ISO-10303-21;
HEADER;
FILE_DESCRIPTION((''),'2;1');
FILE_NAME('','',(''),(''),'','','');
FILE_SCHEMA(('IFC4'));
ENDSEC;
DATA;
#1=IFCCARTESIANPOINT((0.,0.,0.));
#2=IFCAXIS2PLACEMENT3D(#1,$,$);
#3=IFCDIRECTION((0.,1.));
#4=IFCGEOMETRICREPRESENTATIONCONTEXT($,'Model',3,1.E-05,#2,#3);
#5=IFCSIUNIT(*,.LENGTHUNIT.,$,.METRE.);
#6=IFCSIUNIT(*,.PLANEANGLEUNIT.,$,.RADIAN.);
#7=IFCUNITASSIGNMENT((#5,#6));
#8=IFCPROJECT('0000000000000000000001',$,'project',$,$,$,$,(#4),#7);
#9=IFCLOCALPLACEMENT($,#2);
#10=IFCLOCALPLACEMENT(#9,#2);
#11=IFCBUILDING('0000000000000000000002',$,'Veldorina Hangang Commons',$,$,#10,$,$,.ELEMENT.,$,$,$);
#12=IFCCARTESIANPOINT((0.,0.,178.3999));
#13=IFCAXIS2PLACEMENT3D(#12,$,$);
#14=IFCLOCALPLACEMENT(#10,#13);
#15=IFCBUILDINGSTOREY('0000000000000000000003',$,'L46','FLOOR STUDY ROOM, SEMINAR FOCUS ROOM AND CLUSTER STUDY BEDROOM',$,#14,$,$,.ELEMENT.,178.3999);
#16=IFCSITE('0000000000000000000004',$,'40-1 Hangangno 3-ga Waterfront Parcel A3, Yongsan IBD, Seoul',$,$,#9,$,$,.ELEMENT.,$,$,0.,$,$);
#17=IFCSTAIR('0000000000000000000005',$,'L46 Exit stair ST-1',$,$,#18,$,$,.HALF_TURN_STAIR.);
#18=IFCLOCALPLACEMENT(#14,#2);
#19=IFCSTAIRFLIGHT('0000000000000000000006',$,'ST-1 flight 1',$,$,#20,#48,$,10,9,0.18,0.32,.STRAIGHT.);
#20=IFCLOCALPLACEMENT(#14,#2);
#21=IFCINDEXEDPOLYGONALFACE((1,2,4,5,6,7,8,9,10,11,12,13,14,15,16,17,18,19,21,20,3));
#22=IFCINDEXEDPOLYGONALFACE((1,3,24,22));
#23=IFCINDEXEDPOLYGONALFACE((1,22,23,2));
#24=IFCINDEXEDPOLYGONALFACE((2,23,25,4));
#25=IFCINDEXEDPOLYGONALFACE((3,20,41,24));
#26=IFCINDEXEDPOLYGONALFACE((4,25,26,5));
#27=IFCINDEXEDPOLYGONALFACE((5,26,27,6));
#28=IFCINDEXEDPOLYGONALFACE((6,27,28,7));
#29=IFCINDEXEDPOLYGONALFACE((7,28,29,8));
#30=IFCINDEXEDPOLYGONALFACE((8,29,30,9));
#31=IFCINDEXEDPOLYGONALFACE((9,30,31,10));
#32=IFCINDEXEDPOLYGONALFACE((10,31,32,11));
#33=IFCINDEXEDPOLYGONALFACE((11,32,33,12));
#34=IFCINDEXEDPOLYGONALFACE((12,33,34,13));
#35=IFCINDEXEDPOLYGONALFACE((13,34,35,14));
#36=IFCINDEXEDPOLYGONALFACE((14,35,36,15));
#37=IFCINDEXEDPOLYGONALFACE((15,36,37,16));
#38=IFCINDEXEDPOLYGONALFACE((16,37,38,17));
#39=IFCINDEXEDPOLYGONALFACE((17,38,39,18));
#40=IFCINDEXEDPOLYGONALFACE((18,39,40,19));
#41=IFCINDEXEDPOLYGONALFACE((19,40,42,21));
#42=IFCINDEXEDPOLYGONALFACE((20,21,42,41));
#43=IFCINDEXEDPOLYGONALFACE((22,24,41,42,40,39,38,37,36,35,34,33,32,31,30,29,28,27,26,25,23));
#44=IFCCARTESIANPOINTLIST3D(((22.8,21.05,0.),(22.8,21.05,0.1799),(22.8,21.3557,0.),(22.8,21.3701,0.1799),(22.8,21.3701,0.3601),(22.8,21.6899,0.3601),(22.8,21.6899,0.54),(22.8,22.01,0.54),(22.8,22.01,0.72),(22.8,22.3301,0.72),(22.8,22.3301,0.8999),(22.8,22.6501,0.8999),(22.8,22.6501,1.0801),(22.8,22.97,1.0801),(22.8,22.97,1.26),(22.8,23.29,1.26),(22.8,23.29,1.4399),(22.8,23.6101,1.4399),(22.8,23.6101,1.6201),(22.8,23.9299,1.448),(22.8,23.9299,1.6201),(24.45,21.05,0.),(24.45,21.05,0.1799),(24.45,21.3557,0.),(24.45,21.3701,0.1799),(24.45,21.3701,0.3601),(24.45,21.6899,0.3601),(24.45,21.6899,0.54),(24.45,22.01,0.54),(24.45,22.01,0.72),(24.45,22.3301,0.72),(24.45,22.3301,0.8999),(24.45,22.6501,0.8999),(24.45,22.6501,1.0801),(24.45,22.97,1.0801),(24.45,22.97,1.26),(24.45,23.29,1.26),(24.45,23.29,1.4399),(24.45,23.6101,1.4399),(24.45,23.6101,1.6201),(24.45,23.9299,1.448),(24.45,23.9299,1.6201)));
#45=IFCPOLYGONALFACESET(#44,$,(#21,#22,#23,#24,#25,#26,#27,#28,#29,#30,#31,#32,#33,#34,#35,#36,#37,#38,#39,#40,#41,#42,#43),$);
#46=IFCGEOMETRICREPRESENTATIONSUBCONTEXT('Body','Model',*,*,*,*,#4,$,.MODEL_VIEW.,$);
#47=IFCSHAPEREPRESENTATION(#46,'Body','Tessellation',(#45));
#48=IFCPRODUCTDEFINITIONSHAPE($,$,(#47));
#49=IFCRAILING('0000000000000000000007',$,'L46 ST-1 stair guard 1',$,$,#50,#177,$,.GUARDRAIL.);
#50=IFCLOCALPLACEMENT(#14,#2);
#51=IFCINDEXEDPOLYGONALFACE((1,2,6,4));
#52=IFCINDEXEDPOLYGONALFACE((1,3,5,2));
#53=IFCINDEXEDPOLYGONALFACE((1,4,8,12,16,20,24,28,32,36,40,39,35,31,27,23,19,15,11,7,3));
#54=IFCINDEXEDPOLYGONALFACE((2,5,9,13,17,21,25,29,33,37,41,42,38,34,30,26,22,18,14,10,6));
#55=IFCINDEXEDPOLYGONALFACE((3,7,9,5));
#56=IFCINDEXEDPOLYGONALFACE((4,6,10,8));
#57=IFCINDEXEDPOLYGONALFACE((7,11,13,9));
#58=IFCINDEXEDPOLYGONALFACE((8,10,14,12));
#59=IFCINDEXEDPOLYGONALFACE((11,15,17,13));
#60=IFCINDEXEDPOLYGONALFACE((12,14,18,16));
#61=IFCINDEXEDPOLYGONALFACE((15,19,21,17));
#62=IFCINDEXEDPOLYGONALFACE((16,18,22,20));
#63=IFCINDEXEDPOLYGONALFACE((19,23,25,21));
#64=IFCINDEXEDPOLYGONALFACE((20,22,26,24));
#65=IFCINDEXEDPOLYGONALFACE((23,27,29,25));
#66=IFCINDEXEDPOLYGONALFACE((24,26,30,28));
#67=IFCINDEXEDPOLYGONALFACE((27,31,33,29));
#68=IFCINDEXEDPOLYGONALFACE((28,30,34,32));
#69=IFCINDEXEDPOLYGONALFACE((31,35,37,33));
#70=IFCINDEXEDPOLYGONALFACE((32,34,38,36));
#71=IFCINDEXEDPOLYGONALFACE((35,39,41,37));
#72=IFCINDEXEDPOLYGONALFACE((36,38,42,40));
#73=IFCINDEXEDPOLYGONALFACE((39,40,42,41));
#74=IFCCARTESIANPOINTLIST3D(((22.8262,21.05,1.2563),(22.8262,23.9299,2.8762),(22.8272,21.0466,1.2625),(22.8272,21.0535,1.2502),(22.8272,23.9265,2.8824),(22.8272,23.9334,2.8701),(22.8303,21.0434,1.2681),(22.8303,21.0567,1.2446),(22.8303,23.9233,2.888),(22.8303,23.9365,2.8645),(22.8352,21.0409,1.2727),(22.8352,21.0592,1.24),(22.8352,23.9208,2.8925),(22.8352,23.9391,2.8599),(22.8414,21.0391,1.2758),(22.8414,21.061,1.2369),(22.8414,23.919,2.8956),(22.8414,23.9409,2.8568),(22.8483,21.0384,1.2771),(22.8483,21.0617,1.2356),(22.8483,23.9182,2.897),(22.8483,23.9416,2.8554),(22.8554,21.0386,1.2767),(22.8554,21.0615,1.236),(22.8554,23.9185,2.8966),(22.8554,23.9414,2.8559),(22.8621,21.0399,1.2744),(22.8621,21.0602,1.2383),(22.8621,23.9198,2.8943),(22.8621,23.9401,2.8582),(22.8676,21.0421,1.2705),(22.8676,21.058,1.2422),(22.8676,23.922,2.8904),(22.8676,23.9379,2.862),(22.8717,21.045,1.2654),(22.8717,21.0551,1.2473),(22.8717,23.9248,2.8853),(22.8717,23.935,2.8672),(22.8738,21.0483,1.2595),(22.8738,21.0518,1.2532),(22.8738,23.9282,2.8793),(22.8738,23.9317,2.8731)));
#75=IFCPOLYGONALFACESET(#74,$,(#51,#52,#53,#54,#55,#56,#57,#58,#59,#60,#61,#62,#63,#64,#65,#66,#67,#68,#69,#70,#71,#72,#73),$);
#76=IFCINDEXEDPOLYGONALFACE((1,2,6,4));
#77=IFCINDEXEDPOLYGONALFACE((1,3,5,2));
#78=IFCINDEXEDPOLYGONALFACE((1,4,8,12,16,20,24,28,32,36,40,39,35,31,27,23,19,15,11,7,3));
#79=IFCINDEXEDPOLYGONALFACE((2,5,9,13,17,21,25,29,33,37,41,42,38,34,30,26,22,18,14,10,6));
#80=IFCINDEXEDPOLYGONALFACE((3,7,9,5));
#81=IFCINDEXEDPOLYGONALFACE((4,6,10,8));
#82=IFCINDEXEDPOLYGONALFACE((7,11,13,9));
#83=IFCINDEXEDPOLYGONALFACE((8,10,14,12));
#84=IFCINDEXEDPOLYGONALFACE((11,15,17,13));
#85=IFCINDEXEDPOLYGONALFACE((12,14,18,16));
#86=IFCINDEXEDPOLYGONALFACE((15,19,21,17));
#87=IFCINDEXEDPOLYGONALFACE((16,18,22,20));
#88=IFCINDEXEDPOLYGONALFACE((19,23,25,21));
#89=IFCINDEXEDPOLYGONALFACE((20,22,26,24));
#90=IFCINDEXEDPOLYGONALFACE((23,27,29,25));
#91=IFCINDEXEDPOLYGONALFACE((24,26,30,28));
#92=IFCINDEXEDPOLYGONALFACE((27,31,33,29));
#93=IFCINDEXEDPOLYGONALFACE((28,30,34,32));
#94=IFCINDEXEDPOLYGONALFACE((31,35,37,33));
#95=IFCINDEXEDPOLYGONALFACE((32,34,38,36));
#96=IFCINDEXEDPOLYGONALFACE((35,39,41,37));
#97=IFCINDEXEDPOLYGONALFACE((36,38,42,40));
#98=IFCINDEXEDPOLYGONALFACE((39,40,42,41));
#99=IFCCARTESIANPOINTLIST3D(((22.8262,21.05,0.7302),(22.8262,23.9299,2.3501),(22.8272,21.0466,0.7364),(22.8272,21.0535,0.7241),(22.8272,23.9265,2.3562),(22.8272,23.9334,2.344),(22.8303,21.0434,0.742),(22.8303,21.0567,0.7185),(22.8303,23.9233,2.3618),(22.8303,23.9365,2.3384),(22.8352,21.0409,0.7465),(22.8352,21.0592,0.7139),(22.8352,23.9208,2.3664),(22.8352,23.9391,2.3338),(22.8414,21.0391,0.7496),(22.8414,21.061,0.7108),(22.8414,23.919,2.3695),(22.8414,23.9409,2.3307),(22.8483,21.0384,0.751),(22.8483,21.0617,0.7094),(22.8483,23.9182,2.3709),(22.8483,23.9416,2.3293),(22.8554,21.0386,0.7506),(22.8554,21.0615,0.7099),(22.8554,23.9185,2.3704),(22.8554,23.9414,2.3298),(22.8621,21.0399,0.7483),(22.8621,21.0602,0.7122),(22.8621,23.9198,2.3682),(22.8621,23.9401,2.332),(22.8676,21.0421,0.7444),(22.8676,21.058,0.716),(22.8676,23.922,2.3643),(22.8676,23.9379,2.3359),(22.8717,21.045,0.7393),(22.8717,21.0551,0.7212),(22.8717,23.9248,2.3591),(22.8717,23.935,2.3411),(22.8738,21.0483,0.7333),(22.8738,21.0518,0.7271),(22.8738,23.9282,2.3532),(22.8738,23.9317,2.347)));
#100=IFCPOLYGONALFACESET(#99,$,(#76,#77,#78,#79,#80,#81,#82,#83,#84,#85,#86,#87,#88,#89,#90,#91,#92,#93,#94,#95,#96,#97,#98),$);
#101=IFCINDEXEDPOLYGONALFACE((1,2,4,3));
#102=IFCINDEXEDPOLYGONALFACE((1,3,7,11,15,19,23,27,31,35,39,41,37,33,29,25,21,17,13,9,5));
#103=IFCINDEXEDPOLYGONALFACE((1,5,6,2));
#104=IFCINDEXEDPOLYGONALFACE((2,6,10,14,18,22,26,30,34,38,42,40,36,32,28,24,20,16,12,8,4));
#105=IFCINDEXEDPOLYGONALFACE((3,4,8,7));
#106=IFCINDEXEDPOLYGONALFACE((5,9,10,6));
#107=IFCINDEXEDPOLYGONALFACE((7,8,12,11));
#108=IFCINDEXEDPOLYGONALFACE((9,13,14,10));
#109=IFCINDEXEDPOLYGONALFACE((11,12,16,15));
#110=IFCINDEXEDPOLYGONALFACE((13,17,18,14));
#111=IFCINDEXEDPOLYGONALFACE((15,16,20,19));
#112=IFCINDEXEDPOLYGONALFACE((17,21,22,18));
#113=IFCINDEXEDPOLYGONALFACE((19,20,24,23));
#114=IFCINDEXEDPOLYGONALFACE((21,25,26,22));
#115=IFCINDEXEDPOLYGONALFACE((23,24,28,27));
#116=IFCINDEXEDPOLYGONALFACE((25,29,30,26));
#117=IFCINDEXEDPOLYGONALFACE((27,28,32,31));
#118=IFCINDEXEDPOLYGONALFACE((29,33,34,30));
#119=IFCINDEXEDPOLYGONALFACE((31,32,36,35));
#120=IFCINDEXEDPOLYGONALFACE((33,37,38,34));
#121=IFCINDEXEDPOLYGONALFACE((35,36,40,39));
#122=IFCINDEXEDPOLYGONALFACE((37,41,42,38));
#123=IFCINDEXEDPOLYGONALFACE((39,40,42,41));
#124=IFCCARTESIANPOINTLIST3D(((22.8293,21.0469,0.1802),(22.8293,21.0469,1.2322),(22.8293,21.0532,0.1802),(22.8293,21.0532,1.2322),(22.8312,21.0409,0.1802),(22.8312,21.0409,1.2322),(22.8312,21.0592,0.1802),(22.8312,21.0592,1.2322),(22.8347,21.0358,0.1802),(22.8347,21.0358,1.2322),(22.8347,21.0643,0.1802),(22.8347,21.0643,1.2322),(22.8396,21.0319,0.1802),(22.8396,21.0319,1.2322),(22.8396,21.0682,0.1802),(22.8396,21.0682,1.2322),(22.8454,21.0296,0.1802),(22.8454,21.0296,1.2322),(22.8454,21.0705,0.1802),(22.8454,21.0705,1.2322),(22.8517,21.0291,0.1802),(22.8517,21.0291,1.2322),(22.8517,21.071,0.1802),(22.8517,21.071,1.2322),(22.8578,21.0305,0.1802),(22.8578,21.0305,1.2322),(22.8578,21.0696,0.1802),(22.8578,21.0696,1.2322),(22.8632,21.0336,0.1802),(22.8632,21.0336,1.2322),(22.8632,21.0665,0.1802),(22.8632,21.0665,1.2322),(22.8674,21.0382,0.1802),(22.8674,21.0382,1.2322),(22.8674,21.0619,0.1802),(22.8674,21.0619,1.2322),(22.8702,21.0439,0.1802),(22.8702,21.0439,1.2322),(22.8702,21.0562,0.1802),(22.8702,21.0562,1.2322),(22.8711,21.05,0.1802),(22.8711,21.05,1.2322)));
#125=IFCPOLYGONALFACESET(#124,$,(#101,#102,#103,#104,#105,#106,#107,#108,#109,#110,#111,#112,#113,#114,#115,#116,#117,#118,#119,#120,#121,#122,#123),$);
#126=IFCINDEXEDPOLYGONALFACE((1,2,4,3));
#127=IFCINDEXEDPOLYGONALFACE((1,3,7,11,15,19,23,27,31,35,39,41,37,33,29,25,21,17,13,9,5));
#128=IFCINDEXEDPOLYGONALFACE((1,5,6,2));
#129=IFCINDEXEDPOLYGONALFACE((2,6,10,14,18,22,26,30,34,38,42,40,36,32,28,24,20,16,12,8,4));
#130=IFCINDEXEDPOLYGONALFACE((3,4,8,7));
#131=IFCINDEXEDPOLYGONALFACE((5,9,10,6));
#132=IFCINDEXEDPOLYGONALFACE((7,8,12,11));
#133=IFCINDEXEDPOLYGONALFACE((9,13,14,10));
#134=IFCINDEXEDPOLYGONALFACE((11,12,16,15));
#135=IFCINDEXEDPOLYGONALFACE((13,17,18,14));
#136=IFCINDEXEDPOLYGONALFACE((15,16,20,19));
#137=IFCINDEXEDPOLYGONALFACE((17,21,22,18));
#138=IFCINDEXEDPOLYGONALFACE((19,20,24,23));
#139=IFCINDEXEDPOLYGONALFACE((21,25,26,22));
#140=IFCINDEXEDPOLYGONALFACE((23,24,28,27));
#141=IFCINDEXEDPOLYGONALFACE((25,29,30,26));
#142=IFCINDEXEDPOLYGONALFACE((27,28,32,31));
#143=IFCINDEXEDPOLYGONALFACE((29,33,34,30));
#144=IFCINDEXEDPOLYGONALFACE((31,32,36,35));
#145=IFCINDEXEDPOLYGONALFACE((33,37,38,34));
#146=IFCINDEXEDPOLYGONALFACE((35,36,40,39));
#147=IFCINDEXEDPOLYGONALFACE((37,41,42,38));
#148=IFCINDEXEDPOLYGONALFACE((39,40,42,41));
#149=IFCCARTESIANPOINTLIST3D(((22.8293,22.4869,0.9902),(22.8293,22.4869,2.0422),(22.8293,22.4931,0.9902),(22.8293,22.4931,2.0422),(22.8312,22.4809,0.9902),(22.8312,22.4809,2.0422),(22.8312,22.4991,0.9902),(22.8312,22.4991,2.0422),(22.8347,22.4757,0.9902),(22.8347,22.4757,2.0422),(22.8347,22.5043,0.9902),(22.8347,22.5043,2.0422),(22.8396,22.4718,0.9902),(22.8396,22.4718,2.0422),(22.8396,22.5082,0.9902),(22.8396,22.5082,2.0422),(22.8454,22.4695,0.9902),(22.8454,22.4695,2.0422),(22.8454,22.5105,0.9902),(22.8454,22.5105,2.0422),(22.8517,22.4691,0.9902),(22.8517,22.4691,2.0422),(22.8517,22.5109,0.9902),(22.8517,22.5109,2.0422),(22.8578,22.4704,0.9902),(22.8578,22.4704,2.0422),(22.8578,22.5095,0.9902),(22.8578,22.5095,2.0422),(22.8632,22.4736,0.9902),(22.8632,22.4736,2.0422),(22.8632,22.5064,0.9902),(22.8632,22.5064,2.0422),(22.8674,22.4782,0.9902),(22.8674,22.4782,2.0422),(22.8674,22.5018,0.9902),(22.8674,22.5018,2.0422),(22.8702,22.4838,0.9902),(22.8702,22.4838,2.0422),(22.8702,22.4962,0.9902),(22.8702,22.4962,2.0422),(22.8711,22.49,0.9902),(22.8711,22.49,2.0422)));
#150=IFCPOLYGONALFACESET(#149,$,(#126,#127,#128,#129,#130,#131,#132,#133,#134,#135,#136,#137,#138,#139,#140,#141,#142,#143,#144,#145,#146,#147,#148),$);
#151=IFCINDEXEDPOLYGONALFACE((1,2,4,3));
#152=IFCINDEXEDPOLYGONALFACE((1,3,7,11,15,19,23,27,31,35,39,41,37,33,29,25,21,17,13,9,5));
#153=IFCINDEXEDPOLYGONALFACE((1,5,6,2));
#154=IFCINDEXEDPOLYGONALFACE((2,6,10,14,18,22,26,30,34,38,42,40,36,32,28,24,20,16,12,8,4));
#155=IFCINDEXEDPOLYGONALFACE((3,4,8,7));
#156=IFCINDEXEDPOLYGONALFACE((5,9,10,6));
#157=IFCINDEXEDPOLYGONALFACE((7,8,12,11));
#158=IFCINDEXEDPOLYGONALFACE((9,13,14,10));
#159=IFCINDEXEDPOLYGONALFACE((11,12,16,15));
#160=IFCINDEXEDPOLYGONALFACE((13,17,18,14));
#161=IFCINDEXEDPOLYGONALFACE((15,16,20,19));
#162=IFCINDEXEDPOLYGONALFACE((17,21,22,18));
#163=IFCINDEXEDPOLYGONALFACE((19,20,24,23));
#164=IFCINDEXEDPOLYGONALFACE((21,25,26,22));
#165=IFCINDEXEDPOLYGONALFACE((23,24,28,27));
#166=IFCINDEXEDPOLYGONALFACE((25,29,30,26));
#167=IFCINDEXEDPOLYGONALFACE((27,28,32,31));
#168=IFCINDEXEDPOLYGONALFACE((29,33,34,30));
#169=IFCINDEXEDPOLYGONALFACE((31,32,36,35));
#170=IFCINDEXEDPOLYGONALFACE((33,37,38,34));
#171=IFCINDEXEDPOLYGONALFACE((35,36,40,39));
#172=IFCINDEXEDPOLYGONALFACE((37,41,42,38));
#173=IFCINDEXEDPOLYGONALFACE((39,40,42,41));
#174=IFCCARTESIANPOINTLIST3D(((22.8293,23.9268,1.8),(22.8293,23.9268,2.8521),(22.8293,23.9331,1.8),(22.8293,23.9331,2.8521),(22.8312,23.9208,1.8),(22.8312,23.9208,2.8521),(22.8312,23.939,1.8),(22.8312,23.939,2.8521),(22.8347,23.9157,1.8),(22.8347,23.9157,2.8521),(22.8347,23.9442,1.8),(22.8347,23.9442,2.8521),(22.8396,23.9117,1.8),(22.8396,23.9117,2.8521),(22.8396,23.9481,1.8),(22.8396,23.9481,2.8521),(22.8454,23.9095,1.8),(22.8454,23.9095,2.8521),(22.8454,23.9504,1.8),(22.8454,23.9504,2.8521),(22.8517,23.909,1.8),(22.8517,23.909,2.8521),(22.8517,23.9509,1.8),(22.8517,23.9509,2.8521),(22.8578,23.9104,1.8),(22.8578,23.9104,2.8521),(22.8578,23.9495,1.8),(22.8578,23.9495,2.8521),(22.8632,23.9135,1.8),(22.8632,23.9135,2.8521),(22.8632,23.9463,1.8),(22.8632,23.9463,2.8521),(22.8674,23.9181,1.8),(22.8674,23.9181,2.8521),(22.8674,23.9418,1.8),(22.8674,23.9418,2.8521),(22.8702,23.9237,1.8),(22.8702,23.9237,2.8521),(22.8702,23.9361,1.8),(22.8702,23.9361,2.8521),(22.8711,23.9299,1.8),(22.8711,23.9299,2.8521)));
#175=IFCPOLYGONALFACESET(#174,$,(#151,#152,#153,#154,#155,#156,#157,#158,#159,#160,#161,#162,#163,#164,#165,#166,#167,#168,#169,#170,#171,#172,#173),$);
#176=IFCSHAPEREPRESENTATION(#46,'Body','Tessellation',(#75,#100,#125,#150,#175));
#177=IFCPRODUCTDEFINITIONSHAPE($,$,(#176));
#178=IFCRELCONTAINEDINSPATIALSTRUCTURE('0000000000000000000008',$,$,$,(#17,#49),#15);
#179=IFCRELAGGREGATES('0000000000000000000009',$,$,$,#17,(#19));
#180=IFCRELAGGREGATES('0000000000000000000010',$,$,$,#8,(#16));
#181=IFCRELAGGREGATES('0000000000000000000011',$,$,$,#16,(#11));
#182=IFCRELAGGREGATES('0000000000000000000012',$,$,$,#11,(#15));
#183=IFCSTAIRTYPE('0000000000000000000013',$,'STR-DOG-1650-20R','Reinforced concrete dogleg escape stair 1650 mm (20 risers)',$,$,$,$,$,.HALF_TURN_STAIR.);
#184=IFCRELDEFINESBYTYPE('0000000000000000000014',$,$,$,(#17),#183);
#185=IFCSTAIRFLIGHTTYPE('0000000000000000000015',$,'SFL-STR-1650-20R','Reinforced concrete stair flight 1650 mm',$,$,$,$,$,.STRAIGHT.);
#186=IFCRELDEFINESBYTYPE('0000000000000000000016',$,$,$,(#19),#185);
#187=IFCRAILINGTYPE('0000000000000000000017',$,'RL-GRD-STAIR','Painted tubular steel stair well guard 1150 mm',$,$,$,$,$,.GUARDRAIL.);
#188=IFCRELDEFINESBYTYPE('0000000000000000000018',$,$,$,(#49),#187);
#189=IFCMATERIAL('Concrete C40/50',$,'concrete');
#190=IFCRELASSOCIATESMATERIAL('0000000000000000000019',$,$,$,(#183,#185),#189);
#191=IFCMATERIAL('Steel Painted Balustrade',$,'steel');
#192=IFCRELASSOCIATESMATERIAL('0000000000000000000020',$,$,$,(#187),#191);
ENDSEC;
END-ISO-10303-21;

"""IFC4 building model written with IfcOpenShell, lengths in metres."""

from ifc_helpers import new_model, si_unit, direction, frame, origin, origin_2d, place, context, subcontext, project, spatial, polyline, circle, outline, extrude, material, type_object, element, aggregate, save


model = new_model("IFC4")

# Units and contexts
model_context = context("Model", 3, precision=1e-05, world=origin(), true_north=direction((0.0, 1.0)))
body_context = subcontext(model_context, "Body", "Model", "MODEL_VIEW")
ifc_project = project(units=[si_unit("LENGTHUNIT", "METRE"), si_unit("PLANEANGLEUNIT", "RADIAN")], contexts=[model_context])

# Site, building, storey
site_placement = place(None, origin())
site = spatial("IfcSite", under=ifc_project, at=site_placement, Name="40-1 Hangangno 3-ga Waterfront Parcel A3, Yongsan IBD, Seoul", CompositionType="ELEMENT", RefElevation=0.0)
building_placement = place(site_placement, origin())
building = spatial("IfcBuilding", under=site, at=building_placement, Name="Veldorina Hangang Commons", CompositionType="ELEMENT")
storey_placement = place(building_placement, frame((0.0, 0.0, 178.3999)))
storey = spatial("IfcBuildingStorey", under=building, at=storey_placement, Name="L46", Description="FLOOR STUDY ROOM, SEMINAR FOCUS ROOM AND CLUSTER STUDY BEDROOM", CompositionType="ELEMENT", Elevation=178.3999)

# Stair, stair flight
ifc_material_1 = material(Name="Concrete C40/50", Category="concrete")
stair_type = type_object("IfcStairType", Name="STR-DOG-1650-20R", Description="Reinforced concrete dogleg escape stair 1650 mm (20 risers)", PredefinedType="HALF_TURN_STAIR", material=ifc_material_1)
stair_placement = place(storey_placement, origin())
stair = element("IfcStair", 1, at=stair_placement, inside=storey, type_object=stair_type, Name="L46 Exit stair ST-1", PredefinedType="HALF_TURN_STAIR")
stair_flight_type = type_object("IfcStairFlightType", Name="SFL-STR-1650-20R", Description="Reinforced concrete stair flight 1650 mm", PredefinedType="STRAIGHT", material=ifc_material_1)
stair_flight_placement = place(storey_placement, frame((23.625, 21.05, 0.0), z_axis=(0.0, 0.0, 1.0), x_axis=(0.0, 1.0, 0.0)))
stair_flight = element("IfcStairFlight", 2, at=stair_flight_placement, type_object=stair_flight_type, Name="ST-1 flight 1", NumberOfRisers=10, NumberOfTreads=9, PredefinedType="STRAIGHT", RiserHeight=0.18, TreadLength=0.32, context=body_context, shape_type="SweptSolid", body=[
    extrude(outline(polyline([(0.0, 0.0), (0.0, 0.1799), (0.3201, 0.1799), (0.3201, 0.3601), (0.6399, 0.3601), (0.6399, 0.54), (0.96, 0.54), (0.96, 0.72), (1.28, 0.72), (1.28, 0.8999), (1.6001, 0.8999), (1.6001, 1.0801), (1.9199, 1.0801), (1.9199, 1.26), (2.24, 1.26), (2.24, 1.4399), (2.5601, 1.4399), (2.5601, 1.6201), (2.8799, 1.6201), (2.8799, 1.8), (2.8799, 1.448), (0.3057, 0.0), (0.0, 0.0)])), frame((0.0, 0.825, 0.0), z_axis=(0.0, -1.0, 0.0), x_axis=(1.0, 0.0, 0.0)), (0.0, 0.0, 1.0), 1.6499),
])
aggregate(stair, [stair_flight])

# Railing
ifc_material_2 = material(Name="Steel Painted Balustrade", Category="steel")
railing_type_1 = type_object("IfcRailingType", Name="RL-GRD-STAIR", Description="Painted tubular steel stair well guard 1150 mm", PredefinedType="GUARDRAIL", material=ifc_material_2)
railing_1_placement = place(storey_placement, frame((22.8501, 21.05, 0.1802)))
element("IfcRailing", 3, at=railing_1_placement, inside=storey, type_object=railing_type_1, Name="L46 ST-1 stair guard 1", PredefinedType="GUARDRAIL", context=body_context, shape_type="SweptSolid", body=[
    extrude(circle(Radius=0.0239, at=origin_2d()), frame((0.0, 0.0, 1.0762), z_axis=(0.0, 0.871583, 0.490247), x_axis=(-1.0, 0.0, 0.0)), (0.0, 0.0, 1.0), 3.3042),
    extrude(circle(Radius=0.0239, at=origin_2d()), frame((0.0, 0.0, 0.55), z_axis=(0.0, 0.871583, 0.490247), x_axis=(-1.0, 0.0, 0.0)), (0.0, 0.0, 1.0), 3.3042),
    extrude(circle(Radius=0.021, at=origin_2d()), origin(), (0.0, 0.0, 1.0), 1.052),
    extrude(circle(Radius=0.021, at=origin_2d()), frame((0.0, 1.4399, 0.8101)), (0.0, 0.0, 1.0), 1.052),
    extrude(circle(Radius=0.021, at=origin_2d()), frame((0.0, 2.8799, 1.6199)), (0.0, 0.0, 1.0), 1.052),
])

save(model, "model.ifc")
